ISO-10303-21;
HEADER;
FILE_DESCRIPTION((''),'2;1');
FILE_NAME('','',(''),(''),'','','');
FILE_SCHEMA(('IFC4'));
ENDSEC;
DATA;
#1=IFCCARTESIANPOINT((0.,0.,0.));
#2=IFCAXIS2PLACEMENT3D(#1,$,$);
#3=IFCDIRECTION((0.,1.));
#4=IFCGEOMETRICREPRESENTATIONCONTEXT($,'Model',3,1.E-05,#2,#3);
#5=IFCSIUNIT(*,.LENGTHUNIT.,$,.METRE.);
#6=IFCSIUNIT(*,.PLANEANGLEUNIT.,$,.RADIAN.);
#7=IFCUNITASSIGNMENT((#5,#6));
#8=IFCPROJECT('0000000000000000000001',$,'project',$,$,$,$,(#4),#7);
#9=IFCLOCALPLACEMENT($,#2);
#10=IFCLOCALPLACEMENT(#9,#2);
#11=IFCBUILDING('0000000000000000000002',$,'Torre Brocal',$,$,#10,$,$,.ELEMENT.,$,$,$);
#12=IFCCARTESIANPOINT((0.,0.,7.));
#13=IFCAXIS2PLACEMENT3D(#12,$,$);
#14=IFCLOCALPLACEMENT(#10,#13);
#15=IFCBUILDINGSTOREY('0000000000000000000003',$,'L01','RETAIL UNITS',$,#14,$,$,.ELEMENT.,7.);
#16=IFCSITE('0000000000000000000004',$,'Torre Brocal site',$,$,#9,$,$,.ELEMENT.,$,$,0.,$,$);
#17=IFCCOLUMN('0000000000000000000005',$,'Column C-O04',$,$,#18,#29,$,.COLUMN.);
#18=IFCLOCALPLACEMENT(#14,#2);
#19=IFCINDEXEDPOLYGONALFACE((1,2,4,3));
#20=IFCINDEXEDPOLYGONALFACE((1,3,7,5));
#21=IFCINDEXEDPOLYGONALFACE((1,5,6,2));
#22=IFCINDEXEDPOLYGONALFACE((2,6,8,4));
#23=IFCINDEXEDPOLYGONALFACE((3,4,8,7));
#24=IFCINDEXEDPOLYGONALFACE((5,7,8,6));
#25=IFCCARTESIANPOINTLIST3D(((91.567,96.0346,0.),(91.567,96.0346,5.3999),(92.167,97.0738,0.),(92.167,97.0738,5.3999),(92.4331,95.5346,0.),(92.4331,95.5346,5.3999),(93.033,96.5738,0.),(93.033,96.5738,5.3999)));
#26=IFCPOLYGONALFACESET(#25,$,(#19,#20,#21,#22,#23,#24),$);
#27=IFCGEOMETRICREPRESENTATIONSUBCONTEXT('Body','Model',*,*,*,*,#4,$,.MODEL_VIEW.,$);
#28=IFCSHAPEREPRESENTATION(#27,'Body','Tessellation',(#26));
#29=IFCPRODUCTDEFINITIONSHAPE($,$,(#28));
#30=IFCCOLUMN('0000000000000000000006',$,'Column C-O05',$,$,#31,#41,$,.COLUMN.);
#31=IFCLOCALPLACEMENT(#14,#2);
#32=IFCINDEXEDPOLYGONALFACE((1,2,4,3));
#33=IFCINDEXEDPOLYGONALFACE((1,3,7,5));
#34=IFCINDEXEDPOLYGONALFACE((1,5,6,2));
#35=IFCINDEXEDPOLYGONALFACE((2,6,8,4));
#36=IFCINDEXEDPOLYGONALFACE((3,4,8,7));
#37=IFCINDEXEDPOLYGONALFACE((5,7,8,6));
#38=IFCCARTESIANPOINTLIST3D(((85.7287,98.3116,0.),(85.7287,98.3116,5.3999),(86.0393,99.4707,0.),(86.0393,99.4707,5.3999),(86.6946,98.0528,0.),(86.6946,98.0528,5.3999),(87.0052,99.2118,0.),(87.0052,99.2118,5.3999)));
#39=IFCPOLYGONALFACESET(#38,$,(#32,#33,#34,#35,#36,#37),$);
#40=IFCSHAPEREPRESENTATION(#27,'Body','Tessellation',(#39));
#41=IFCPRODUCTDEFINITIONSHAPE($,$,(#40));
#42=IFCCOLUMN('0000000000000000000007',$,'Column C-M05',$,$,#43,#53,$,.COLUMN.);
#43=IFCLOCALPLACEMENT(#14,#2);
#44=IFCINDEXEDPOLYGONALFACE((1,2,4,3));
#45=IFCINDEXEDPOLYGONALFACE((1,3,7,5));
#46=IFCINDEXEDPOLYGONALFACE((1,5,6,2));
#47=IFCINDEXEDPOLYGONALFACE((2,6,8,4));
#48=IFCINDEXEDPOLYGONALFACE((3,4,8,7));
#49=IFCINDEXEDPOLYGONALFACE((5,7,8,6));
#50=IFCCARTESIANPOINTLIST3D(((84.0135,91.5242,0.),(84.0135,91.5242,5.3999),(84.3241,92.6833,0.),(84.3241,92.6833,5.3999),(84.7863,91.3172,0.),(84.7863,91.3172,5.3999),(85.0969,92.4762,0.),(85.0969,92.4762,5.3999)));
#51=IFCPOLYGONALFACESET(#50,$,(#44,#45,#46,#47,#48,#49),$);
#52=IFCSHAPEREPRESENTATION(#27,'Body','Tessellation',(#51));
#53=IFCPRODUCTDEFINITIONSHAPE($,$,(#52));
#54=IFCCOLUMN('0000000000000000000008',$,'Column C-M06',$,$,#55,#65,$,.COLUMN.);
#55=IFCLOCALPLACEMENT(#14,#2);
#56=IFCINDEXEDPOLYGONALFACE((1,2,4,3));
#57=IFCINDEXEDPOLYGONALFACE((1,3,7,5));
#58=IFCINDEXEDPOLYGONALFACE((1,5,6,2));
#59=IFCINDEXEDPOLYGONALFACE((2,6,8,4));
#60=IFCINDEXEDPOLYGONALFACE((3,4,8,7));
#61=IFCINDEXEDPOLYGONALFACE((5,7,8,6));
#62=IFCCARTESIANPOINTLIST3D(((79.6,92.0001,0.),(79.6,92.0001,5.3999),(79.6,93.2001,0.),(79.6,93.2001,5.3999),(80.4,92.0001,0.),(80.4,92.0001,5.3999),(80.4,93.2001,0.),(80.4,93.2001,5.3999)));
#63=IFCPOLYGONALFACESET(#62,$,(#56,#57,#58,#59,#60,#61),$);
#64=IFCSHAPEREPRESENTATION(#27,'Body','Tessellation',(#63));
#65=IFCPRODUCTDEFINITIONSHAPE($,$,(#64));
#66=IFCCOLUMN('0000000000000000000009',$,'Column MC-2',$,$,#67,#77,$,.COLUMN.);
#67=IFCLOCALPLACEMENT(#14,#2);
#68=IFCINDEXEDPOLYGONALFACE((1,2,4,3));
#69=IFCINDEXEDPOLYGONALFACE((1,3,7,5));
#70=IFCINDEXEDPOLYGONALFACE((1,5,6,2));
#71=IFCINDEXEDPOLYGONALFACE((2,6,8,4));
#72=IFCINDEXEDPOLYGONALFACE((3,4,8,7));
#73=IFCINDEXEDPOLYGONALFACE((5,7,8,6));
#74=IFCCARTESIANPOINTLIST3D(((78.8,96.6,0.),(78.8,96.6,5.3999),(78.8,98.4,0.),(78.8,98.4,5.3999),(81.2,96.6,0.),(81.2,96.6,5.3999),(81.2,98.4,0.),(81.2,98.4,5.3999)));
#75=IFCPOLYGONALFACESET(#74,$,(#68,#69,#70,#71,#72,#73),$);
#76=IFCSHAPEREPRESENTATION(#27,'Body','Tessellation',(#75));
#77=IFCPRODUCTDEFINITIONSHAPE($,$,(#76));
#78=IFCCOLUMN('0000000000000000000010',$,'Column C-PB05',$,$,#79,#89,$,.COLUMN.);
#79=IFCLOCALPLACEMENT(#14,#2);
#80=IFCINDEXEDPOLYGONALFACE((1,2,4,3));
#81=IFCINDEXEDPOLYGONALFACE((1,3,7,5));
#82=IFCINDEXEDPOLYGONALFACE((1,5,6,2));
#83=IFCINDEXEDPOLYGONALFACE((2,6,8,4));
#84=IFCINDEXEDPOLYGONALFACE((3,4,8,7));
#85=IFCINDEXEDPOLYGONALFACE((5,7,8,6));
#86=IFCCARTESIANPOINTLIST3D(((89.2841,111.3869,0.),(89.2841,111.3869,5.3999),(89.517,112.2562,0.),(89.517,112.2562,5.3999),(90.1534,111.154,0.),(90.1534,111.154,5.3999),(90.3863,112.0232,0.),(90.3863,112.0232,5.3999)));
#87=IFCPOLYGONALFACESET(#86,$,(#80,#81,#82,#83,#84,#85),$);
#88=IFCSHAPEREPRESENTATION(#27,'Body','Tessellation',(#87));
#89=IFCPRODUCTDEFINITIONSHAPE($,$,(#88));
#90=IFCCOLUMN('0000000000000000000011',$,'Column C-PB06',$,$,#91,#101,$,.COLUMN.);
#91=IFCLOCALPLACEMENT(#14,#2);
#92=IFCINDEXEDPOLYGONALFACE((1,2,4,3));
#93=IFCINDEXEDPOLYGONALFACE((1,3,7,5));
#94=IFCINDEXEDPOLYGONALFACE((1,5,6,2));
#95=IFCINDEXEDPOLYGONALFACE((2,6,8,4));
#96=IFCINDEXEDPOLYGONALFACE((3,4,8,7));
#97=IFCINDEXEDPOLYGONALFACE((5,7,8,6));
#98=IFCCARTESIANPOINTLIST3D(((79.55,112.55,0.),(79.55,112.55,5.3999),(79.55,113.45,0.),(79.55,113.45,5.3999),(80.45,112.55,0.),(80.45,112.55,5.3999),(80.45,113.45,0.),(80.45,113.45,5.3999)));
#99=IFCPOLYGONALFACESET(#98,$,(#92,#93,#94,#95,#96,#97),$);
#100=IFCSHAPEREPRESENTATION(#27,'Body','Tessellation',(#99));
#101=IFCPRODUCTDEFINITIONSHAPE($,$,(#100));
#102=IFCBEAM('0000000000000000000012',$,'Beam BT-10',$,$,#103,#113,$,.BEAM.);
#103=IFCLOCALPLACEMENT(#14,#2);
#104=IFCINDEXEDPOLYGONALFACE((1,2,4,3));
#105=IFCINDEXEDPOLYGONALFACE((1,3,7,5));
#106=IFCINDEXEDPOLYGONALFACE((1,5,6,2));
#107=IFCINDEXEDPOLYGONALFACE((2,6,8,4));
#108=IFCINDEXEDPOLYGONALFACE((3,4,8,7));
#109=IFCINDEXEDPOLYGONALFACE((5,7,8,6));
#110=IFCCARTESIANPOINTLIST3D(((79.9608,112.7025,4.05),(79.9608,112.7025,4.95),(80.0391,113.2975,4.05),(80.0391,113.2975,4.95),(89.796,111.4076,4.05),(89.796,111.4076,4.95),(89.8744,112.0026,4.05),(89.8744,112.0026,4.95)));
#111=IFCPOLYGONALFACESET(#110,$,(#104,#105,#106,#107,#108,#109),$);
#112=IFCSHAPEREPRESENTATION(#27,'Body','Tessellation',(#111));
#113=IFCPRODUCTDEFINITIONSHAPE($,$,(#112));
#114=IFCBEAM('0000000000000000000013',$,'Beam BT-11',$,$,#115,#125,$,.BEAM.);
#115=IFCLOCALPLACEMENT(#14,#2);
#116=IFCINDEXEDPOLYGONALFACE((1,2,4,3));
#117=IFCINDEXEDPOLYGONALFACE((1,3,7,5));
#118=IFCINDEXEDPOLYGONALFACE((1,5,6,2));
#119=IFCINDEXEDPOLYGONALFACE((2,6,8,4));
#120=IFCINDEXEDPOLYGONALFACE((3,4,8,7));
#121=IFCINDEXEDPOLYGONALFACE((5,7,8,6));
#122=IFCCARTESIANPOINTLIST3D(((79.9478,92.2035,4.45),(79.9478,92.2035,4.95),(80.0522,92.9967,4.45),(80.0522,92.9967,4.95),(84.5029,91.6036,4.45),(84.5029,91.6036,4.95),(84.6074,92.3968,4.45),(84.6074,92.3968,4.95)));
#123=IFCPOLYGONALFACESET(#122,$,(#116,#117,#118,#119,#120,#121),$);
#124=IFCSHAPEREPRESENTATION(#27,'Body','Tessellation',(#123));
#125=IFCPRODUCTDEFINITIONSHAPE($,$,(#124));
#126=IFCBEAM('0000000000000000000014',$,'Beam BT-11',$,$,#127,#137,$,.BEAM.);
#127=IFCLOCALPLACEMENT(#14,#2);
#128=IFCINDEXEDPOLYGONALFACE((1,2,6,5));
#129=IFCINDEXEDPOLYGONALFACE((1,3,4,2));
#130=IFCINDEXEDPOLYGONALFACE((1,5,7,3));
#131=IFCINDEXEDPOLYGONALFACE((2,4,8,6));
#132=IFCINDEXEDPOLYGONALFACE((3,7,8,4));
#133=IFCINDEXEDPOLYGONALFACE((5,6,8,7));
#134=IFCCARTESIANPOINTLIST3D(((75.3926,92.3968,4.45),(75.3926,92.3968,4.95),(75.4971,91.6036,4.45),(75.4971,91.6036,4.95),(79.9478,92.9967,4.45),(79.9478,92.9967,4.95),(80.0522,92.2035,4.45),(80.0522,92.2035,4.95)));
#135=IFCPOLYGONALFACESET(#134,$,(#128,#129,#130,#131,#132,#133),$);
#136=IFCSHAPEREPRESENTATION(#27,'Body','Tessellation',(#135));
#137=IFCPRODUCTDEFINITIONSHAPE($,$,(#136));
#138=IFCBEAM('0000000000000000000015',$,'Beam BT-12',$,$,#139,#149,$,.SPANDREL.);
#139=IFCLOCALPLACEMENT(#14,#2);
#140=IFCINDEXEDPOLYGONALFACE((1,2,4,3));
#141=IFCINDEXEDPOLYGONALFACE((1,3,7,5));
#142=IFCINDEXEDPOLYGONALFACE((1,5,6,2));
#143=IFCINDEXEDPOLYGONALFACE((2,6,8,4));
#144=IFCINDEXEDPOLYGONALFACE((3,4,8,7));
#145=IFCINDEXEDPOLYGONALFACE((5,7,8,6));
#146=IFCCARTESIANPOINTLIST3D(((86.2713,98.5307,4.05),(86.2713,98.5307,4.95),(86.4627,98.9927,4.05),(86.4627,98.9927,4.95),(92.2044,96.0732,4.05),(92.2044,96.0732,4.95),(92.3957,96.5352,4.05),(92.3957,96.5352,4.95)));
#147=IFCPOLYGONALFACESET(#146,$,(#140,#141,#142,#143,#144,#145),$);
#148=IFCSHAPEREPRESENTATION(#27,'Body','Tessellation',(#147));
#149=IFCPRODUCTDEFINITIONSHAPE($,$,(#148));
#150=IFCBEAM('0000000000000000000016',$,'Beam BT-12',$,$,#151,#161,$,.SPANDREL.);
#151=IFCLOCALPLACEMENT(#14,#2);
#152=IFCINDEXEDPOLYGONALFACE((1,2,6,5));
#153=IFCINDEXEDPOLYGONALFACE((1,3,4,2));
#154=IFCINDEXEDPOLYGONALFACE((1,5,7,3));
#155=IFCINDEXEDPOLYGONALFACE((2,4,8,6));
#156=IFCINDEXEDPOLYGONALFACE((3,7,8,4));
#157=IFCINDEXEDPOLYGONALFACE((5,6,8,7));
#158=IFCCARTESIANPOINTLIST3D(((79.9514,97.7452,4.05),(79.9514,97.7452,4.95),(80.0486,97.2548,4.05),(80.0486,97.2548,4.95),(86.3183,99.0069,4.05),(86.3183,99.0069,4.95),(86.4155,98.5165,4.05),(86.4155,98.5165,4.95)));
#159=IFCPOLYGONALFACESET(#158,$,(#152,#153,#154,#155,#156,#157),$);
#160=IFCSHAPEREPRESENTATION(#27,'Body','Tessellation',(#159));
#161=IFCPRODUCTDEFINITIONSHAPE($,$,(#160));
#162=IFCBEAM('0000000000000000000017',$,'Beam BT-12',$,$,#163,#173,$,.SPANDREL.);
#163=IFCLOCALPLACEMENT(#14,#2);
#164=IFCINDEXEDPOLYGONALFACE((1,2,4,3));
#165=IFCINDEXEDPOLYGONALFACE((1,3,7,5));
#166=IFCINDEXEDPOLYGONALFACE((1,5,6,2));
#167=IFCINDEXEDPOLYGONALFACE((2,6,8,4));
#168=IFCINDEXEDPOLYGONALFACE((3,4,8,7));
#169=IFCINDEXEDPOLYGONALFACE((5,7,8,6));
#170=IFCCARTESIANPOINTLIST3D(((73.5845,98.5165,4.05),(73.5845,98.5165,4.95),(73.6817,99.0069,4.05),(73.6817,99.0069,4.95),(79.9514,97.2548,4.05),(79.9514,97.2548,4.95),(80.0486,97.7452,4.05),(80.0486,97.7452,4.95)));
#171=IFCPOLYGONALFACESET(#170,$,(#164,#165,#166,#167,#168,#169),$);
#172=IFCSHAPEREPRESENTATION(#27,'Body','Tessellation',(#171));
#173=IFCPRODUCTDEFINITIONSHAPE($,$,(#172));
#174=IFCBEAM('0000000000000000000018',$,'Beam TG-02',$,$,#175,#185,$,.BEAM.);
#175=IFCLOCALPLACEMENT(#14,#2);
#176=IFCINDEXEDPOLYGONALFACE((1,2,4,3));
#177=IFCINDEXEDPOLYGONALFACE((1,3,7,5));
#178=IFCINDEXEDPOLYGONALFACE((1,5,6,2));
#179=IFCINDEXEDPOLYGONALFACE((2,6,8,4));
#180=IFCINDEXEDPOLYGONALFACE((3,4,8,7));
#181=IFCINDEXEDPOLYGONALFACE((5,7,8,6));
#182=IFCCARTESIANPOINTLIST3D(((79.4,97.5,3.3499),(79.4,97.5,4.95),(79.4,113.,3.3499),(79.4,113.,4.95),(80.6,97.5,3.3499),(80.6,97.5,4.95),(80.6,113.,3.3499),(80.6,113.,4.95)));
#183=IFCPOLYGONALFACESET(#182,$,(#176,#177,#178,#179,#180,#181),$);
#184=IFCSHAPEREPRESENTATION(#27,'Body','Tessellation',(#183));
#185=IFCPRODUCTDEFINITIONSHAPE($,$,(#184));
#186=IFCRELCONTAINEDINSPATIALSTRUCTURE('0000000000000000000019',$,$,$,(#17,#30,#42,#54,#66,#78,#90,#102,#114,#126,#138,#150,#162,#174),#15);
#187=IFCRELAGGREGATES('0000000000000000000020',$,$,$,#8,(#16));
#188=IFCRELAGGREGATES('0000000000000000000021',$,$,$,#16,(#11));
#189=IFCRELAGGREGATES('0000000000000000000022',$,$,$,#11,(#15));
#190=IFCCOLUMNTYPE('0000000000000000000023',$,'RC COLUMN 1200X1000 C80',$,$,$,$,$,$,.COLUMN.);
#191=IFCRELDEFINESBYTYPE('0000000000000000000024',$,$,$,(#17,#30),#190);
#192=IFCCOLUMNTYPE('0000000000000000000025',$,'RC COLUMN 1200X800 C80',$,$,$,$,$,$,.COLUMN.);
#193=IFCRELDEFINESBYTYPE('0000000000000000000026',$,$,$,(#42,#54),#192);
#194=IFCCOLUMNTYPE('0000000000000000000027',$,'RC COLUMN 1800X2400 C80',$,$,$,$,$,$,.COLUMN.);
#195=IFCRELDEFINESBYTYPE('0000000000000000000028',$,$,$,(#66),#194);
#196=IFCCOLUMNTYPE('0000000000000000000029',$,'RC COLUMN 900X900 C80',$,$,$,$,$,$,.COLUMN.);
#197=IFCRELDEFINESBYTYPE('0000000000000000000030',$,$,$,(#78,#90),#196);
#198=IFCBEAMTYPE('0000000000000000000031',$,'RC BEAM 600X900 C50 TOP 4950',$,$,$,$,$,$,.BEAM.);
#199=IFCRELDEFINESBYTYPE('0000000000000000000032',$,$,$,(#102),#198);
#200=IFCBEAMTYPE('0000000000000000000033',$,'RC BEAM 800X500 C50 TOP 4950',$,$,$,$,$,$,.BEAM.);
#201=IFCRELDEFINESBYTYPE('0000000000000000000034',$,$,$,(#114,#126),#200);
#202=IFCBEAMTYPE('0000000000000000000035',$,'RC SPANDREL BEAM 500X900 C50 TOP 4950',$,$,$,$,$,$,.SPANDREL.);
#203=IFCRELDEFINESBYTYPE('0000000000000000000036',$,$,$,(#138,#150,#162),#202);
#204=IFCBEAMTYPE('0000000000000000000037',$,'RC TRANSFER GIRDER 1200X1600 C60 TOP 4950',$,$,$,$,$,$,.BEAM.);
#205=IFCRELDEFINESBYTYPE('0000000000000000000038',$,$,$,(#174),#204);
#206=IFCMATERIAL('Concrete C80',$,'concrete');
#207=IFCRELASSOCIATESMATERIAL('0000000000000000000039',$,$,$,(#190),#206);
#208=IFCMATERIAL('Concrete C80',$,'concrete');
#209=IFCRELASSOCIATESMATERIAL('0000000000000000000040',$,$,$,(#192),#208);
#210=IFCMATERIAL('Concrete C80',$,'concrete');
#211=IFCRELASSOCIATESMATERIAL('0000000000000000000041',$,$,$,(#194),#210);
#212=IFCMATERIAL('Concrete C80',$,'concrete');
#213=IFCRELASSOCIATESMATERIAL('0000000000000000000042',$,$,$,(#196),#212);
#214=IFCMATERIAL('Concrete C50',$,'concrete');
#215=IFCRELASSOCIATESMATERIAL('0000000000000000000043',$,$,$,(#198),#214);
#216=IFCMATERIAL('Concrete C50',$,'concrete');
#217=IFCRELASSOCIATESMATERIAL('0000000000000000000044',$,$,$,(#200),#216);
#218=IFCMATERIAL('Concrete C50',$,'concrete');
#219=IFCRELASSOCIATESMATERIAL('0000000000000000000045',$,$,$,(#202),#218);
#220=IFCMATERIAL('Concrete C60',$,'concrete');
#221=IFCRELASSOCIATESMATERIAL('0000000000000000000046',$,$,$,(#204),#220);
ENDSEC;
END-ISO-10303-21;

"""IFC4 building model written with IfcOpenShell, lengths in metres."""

from ifc_helpers import new_model, si_unit, direction, frame, origin, origin_2d, place, context, subcontext, project, spatial, rectangle, extrude, material, material_profile, profile_set, type_object, element, save


model = new_model("IFC4")

# Units and contexts
model_context = context("Model", 3, precision=1e-05, world=origin(), true_north=direction((0.0, 1.0)))
body_context = subcontext(model_context, "Body", "Model", "MODEL_VIEW")
ifc_project = project(units=[si_unit("LENGTHUNIT", "METRE"), si_unit("PLANEANGLEUNIT", "RADIAN")], contexts=[model_context])

# Site, building, storey
site_placement = place(None, origin())
site = spatial("IfcSite", under=ifc_project, at=site_placement, Name="Torre Brocal site", CompositionType="ELEMENT", RefElevation=0.0)
building_placement = place(site_placement, origin())
building = spatial("IfcBuilding", under=site, at=building_placement, Name="Torre Brocal", CompositionType="ELEMENT")
storey_placement = place(building_placement, frame((0.0, 0.0, 7.0)))
storey = spatial("IfcBuildingStorey", under=building, at=storey_placement, Name="L01", Description="RETAIL UNITS", CompositionType="ELEMENT", Elevation=7.0)

# Columns
ifc_material_1 = material(Name="Concrete C80", Category="concrete")
ifc_material_profile_1 = material_profile(ifc_material_1, rectangle(XDim=1.2, YDim=1.0, at=origin_2d()), Name="RC 1200X1000")
ifc_profile_set_1 = profile_set([ifc_material_profile_1], Name="Concrete C80")
column_type_1 = type_object("IfcColumnType", Name="RC COLUMN 1200X1000 C80", PredefinedType="COLUMN", material=ifc_profile_set_1)
for number, where, z_axis, x_axis, name in (
    (1, (92.3, 96.3042, 0.0), (0.0, 0.0, 1.0), (0.5, 0.866025, 0.0), "Column C-O04"),
    (2, (86.3669, 98.7617, 0.0), (0.0, 0.0, 1.0), (0.258819, 0.965926, 0.0), "Column C-O05"),
):
    element("IfcColumn", number, at=place(storey_placement, frame(where, z_axis=z_axis, x_axis=x_axis)), inside=storey, type_object=column_type_1, Name=name, PredefinedType="COLUMN", context=body_context, shape_type="SweptSolid", body=[
        extrude(rectangle(XDim=1.2, YDim=1.0, at=origin_2d()), origin(), (0.0, 0.0, 1.0), 5.3999),
    ])
ifc_material_2 = material(Name="Concrete C80", Category="concrete")
ifc_material_profile_2 = material_profile(ifc_material_2, rectangle(XDim=1.2, YDim=0.8, at=origin_2d()), Name="RC 1200X800")
ifc_profile_set_2 = profile_set([ifc_material_profile_2], Name="Concrete C80")
column_type_2 = type_object("IfcColumnType", Name="RC COLUMN 1200X800 C80", PredefinedType="COLUMN", material=ifc_profile_set_2)
for number, where, z_axis, x_axis, name in (
    (3, (84.5552, 92.0002, 0.0), (0.0, 0.0, 1.0), (0.258819, 0.965926, 0.0), "Column C-M05"),
    (4, (80.0, 92.6001, 0.0), (0.0, 0.0, 1.0), (0.0, 1.0, 0.0), "Column C-M06"),
):
    element("IfcColumn", number, at=place(storey_placement, frame(where, z_axis=z_axis, x_axis=x_axis)), inside=storey, type_object=column_type_2, Name=name, PredefinedType="COLUMN", context=body_context, shape_type="SweptSolid", body=[
        extrude(rectangle(XDim=1.2, YDim=0.8, at=origin_2d()), origin(), (0.0, 0.0, 1.0), 5.3999),
    ])
ifc_material_3 = material(Name="Concrete C80", Category="concrete")
ifc_material_profile_3 = material_profile(ifc_material_3, rectangle(XDim=1.8, YDim=2.3999, at=origin_2d()), Name="RC 1800X2400")
ifc_profile_set_3 = profile_set([ifc_material_profile_3], Name="Concrete C80")
column_type_3 = type_object("IfcColumnType", Name="RC COLUMN 1800X2400 C80", PredefinedType="COLUMN", material=ifc_profile_set_3)
column_placement = place(storey_placement, frame((80.0, 97.5, 0.0), z_axis=(0.0, 0.0, 1.0), x_axis=(0.0, 1.0, 0.0)))
element("IfcColumn", 5, at=column_placement, inside=storey, type_object=column_type_3, Name="Column MC-2", PredefinedType="COLUMN", context=body_context, shape_type="SweptSolid", body=[
    extrude(rectangle(XDim=1.8, YDim=2.3999, at=origin_2d()), origin(), (0.0, 0.0, 1.0), 5.3999),
])
ifc_material_4 = material(Name="Concrete C80", Category="concrete")
ifc_material_profile_4 = material_profile(ifc_material_4, rectangle(XDim=0.8999, YDim=0.8999, at=origin_2d()), Name="RC 900X900")
ifc_profile_set_4 = profile_set([ifc_material_profile_4], Name="Concrete C80")
column_type_4 = type_object("IfcColumnType", Name="RC COLUMN 900X900 C80", PredefinedType="COLUMN", material=ifc_profile_set_4)
for number, where, z_axis, x_axis, name in (
    (6, (89.8352, 111.7051, 0.0), (0.0, 0.0, 1.0), (0.258819, 0.965926, 0.0), "Column C-PB05"),
    (7, (80.0, 113.0, 0.0), (0.0, 0.0, 1.0), (0.0, 1.0, 0.0), "Column C-PB06"),
):
    element("IfcColumn", number, at=place(storey_placement, frame(where, z_axis=z_axis, x_axis=x_axis)), inside=storey, type_object=column_type_4, Name=name, PredefinedType="COLUMN", context=body_context, shape_type="SweptSolid", body=[
        extrude(rectangle(XDim=0.8999, YDim=0.8999, at=origin_2d()), origin(), (0.0, 0.0, 1.0), 5.3999),
    ])

# Beams
ifc_material_5 = material(Name="Concrete C50", Category="concrete")
ifc_material_profile_5 = material_profile(ifc_material_5, rectangle(XDim=0.6001, YDim=0.8999, at=origin_2d()), Name="RC 600X900")
ifc_profile_set_5 = profile_set([ifc_material_profile_5], Name="Concrete C50")
beam_type_1 = type_object("IfcBeamType", Name="RC BEAM 600X900 C50 TOP 4950", PredefinedType="BEAM", material=ifc_profile_set_5)
beam_1_placement = place(storey_placement, frame((89.8352, 111.7051, 4.5), z_axis=(-0.991444, 0.130535, 0.0), x_axis=(-0.130535, -0.991444, 0.0)))
element("IfcBeam", 8, at=beam_1_placement, inside=storey, type_object=beam_type_1, Name="Beam BT-10", PredefinedType="BEAM", context=body_context, shape_type="SweptSolid", body=[
    extrude(rectangle(XDim=0.6001, YDim=0.8999, at=origin_2d()), origin(), (0.0, 0.0, 1.0), 9.9202),
])
ifc_material_6 = material(Name="Concrete C50", Category="concrete")
ifc_material_profile_6 = material_profile(ifc_material_6, rectangle(XDim=0.8, YDim=0.5, at=origin_2d()), Name="RC 800X500")
ifc_profile_set_6 = profile_set([ifc_material_profile_6], Name="Concrete C50")
beam_type_2 = type_object("IfcBeamType", Name="RC BEAM 800X500 C50 TOP 4950", PredefinedType="BEAM", material=ifc_profile_set_6)
for number, where, z_axis, x_axis, name in (
    (9, (84.5552, 92.0002, 4.7), (-0.991441, 0.130559, 0.0), (-0.130559, -0.991441, 0.0), "Beam BT-11"),
    (10, (80.0, 92.6001, 4.7), (-0.991441, -0.130559, 0.0), (0.130559, -0.991441, 0.0), "Beam BT-11"),
):
    element("IfcBeam", number, at=place(storey_placement, frame(where, z_axis=z_axis, x_axis=x_axis)), inside=storey, type_object=beam_type_2, Name=name, PredefinedType="BEAM", context=body_context, shape_type="SweptSolid", body=[
        extrude(rectangle(XDim=0.8, YDim=0.5, at=origin_2d()), origin(), (0.0, 0.0, 1.0), 4.5945),
    ])
ifc_material_7 = material(Name="Concrete C50", Category="concrete")
ifc_material_profile_7 = material_profile(ifc_material_7, rectangle(XDim=0.5, YDim=0.8999, at=origin_2d()), Name="RC 500X900")
ifc_profile_set_7 = profile_set([ifc_material_profile_7], Name="Concrete C50")
beam_type_3 = type_object("IfcBeamType", Name="RC SPANDREL BEAM 500X900 C50 TOP 4950", PredefinedType="SPANDREL", material=ifc_profile_set_7)
beam_2_placement = place(storey_placement, frame((92.3, 96.3042, 4.5), z_axis=(-0.923882, 0.382676, 0.0), x_axis=(-0.382676, -0.923882, 0.0)))
element("IfcBeam", 11, at=beam_2_placement, inside=storey, type_object=beam_type_3, Name="Beam BT-12", PredefinedType="SPANDREL", context=body_context, shape_type="SweptSolid", body=[
    extrude(rectangle(XDim=0.5, YDim=0.8999, at=origin_2d()), origin(), (0.0, 0.0, 1.0), 6.4219),
])
for number, where, z_axis, x_axis, name in (
    (12, (86.3669, 98.7617, 4.5), (-0.980925, -0.194387, 0.0), (0.194387, -0.980925, 0.0), "Beam BT-12"),
    (13, (80.0, 97.5, 4.5), (-0.980925, 0.194387, 0.0), (-0.194387, -0.980925, 0.0), "Beam BT-12"),
):
    element("IfcBeam", number, at=place(storey_placement, frame(where, z_axis=z_axis, x_axis=x_axis)), inside=storey, type_object=beam_type_3, Name=name, PredefinedType="SPANDREL", context=body_context, shape_type="SweptSolid", body=[
        extrude(rectangle(XDim=0.5, YDim=0.8999, at=origin_2d()), origin(), (0.0, 0.0, 1.0), 6.4907),
    ])
ifc_material_8 = material(Name="Concrete C60", Category="concrete")
ifc_material_profile_8 = material_profile(ifc_material_8, rectangle(XDim=1.2, YDim=1.6001, at=origin_2d()), Name="RC 1200X1600")
ifc_profile_set_8 = profile_set([ifc_material_profile_8], Name="Concrete C60")
beam_type_4 = type_object("IfcBeamType", Name="RC TRANSFER GIRDER 1200X1600 C60 TOP 4950", PredefinedType="BEAM", material=ifc_profile_set_8)
beam_3_placement = place(storey_placement, frame((80.0, 97.5, 4.1499), z_axis=(0.0, 1.0, 0.0), x_axis=(-1.0, 0.0, 0.0)))
element("IfcBeam", 14, at=beam_3_placement, inside=storey, type_object=beam_type_4, Name="Beam TG-02", PredefinedType="BEAM", context=body_context, shape_type="SweptSolid", body=[
    extrude(rectangle(XDim=1.2, YDim=1.6001, at=origin_2d()), origin(), (0.0, 0.0, 1.0), 15.5),
])

save(model, "model.ifc")
